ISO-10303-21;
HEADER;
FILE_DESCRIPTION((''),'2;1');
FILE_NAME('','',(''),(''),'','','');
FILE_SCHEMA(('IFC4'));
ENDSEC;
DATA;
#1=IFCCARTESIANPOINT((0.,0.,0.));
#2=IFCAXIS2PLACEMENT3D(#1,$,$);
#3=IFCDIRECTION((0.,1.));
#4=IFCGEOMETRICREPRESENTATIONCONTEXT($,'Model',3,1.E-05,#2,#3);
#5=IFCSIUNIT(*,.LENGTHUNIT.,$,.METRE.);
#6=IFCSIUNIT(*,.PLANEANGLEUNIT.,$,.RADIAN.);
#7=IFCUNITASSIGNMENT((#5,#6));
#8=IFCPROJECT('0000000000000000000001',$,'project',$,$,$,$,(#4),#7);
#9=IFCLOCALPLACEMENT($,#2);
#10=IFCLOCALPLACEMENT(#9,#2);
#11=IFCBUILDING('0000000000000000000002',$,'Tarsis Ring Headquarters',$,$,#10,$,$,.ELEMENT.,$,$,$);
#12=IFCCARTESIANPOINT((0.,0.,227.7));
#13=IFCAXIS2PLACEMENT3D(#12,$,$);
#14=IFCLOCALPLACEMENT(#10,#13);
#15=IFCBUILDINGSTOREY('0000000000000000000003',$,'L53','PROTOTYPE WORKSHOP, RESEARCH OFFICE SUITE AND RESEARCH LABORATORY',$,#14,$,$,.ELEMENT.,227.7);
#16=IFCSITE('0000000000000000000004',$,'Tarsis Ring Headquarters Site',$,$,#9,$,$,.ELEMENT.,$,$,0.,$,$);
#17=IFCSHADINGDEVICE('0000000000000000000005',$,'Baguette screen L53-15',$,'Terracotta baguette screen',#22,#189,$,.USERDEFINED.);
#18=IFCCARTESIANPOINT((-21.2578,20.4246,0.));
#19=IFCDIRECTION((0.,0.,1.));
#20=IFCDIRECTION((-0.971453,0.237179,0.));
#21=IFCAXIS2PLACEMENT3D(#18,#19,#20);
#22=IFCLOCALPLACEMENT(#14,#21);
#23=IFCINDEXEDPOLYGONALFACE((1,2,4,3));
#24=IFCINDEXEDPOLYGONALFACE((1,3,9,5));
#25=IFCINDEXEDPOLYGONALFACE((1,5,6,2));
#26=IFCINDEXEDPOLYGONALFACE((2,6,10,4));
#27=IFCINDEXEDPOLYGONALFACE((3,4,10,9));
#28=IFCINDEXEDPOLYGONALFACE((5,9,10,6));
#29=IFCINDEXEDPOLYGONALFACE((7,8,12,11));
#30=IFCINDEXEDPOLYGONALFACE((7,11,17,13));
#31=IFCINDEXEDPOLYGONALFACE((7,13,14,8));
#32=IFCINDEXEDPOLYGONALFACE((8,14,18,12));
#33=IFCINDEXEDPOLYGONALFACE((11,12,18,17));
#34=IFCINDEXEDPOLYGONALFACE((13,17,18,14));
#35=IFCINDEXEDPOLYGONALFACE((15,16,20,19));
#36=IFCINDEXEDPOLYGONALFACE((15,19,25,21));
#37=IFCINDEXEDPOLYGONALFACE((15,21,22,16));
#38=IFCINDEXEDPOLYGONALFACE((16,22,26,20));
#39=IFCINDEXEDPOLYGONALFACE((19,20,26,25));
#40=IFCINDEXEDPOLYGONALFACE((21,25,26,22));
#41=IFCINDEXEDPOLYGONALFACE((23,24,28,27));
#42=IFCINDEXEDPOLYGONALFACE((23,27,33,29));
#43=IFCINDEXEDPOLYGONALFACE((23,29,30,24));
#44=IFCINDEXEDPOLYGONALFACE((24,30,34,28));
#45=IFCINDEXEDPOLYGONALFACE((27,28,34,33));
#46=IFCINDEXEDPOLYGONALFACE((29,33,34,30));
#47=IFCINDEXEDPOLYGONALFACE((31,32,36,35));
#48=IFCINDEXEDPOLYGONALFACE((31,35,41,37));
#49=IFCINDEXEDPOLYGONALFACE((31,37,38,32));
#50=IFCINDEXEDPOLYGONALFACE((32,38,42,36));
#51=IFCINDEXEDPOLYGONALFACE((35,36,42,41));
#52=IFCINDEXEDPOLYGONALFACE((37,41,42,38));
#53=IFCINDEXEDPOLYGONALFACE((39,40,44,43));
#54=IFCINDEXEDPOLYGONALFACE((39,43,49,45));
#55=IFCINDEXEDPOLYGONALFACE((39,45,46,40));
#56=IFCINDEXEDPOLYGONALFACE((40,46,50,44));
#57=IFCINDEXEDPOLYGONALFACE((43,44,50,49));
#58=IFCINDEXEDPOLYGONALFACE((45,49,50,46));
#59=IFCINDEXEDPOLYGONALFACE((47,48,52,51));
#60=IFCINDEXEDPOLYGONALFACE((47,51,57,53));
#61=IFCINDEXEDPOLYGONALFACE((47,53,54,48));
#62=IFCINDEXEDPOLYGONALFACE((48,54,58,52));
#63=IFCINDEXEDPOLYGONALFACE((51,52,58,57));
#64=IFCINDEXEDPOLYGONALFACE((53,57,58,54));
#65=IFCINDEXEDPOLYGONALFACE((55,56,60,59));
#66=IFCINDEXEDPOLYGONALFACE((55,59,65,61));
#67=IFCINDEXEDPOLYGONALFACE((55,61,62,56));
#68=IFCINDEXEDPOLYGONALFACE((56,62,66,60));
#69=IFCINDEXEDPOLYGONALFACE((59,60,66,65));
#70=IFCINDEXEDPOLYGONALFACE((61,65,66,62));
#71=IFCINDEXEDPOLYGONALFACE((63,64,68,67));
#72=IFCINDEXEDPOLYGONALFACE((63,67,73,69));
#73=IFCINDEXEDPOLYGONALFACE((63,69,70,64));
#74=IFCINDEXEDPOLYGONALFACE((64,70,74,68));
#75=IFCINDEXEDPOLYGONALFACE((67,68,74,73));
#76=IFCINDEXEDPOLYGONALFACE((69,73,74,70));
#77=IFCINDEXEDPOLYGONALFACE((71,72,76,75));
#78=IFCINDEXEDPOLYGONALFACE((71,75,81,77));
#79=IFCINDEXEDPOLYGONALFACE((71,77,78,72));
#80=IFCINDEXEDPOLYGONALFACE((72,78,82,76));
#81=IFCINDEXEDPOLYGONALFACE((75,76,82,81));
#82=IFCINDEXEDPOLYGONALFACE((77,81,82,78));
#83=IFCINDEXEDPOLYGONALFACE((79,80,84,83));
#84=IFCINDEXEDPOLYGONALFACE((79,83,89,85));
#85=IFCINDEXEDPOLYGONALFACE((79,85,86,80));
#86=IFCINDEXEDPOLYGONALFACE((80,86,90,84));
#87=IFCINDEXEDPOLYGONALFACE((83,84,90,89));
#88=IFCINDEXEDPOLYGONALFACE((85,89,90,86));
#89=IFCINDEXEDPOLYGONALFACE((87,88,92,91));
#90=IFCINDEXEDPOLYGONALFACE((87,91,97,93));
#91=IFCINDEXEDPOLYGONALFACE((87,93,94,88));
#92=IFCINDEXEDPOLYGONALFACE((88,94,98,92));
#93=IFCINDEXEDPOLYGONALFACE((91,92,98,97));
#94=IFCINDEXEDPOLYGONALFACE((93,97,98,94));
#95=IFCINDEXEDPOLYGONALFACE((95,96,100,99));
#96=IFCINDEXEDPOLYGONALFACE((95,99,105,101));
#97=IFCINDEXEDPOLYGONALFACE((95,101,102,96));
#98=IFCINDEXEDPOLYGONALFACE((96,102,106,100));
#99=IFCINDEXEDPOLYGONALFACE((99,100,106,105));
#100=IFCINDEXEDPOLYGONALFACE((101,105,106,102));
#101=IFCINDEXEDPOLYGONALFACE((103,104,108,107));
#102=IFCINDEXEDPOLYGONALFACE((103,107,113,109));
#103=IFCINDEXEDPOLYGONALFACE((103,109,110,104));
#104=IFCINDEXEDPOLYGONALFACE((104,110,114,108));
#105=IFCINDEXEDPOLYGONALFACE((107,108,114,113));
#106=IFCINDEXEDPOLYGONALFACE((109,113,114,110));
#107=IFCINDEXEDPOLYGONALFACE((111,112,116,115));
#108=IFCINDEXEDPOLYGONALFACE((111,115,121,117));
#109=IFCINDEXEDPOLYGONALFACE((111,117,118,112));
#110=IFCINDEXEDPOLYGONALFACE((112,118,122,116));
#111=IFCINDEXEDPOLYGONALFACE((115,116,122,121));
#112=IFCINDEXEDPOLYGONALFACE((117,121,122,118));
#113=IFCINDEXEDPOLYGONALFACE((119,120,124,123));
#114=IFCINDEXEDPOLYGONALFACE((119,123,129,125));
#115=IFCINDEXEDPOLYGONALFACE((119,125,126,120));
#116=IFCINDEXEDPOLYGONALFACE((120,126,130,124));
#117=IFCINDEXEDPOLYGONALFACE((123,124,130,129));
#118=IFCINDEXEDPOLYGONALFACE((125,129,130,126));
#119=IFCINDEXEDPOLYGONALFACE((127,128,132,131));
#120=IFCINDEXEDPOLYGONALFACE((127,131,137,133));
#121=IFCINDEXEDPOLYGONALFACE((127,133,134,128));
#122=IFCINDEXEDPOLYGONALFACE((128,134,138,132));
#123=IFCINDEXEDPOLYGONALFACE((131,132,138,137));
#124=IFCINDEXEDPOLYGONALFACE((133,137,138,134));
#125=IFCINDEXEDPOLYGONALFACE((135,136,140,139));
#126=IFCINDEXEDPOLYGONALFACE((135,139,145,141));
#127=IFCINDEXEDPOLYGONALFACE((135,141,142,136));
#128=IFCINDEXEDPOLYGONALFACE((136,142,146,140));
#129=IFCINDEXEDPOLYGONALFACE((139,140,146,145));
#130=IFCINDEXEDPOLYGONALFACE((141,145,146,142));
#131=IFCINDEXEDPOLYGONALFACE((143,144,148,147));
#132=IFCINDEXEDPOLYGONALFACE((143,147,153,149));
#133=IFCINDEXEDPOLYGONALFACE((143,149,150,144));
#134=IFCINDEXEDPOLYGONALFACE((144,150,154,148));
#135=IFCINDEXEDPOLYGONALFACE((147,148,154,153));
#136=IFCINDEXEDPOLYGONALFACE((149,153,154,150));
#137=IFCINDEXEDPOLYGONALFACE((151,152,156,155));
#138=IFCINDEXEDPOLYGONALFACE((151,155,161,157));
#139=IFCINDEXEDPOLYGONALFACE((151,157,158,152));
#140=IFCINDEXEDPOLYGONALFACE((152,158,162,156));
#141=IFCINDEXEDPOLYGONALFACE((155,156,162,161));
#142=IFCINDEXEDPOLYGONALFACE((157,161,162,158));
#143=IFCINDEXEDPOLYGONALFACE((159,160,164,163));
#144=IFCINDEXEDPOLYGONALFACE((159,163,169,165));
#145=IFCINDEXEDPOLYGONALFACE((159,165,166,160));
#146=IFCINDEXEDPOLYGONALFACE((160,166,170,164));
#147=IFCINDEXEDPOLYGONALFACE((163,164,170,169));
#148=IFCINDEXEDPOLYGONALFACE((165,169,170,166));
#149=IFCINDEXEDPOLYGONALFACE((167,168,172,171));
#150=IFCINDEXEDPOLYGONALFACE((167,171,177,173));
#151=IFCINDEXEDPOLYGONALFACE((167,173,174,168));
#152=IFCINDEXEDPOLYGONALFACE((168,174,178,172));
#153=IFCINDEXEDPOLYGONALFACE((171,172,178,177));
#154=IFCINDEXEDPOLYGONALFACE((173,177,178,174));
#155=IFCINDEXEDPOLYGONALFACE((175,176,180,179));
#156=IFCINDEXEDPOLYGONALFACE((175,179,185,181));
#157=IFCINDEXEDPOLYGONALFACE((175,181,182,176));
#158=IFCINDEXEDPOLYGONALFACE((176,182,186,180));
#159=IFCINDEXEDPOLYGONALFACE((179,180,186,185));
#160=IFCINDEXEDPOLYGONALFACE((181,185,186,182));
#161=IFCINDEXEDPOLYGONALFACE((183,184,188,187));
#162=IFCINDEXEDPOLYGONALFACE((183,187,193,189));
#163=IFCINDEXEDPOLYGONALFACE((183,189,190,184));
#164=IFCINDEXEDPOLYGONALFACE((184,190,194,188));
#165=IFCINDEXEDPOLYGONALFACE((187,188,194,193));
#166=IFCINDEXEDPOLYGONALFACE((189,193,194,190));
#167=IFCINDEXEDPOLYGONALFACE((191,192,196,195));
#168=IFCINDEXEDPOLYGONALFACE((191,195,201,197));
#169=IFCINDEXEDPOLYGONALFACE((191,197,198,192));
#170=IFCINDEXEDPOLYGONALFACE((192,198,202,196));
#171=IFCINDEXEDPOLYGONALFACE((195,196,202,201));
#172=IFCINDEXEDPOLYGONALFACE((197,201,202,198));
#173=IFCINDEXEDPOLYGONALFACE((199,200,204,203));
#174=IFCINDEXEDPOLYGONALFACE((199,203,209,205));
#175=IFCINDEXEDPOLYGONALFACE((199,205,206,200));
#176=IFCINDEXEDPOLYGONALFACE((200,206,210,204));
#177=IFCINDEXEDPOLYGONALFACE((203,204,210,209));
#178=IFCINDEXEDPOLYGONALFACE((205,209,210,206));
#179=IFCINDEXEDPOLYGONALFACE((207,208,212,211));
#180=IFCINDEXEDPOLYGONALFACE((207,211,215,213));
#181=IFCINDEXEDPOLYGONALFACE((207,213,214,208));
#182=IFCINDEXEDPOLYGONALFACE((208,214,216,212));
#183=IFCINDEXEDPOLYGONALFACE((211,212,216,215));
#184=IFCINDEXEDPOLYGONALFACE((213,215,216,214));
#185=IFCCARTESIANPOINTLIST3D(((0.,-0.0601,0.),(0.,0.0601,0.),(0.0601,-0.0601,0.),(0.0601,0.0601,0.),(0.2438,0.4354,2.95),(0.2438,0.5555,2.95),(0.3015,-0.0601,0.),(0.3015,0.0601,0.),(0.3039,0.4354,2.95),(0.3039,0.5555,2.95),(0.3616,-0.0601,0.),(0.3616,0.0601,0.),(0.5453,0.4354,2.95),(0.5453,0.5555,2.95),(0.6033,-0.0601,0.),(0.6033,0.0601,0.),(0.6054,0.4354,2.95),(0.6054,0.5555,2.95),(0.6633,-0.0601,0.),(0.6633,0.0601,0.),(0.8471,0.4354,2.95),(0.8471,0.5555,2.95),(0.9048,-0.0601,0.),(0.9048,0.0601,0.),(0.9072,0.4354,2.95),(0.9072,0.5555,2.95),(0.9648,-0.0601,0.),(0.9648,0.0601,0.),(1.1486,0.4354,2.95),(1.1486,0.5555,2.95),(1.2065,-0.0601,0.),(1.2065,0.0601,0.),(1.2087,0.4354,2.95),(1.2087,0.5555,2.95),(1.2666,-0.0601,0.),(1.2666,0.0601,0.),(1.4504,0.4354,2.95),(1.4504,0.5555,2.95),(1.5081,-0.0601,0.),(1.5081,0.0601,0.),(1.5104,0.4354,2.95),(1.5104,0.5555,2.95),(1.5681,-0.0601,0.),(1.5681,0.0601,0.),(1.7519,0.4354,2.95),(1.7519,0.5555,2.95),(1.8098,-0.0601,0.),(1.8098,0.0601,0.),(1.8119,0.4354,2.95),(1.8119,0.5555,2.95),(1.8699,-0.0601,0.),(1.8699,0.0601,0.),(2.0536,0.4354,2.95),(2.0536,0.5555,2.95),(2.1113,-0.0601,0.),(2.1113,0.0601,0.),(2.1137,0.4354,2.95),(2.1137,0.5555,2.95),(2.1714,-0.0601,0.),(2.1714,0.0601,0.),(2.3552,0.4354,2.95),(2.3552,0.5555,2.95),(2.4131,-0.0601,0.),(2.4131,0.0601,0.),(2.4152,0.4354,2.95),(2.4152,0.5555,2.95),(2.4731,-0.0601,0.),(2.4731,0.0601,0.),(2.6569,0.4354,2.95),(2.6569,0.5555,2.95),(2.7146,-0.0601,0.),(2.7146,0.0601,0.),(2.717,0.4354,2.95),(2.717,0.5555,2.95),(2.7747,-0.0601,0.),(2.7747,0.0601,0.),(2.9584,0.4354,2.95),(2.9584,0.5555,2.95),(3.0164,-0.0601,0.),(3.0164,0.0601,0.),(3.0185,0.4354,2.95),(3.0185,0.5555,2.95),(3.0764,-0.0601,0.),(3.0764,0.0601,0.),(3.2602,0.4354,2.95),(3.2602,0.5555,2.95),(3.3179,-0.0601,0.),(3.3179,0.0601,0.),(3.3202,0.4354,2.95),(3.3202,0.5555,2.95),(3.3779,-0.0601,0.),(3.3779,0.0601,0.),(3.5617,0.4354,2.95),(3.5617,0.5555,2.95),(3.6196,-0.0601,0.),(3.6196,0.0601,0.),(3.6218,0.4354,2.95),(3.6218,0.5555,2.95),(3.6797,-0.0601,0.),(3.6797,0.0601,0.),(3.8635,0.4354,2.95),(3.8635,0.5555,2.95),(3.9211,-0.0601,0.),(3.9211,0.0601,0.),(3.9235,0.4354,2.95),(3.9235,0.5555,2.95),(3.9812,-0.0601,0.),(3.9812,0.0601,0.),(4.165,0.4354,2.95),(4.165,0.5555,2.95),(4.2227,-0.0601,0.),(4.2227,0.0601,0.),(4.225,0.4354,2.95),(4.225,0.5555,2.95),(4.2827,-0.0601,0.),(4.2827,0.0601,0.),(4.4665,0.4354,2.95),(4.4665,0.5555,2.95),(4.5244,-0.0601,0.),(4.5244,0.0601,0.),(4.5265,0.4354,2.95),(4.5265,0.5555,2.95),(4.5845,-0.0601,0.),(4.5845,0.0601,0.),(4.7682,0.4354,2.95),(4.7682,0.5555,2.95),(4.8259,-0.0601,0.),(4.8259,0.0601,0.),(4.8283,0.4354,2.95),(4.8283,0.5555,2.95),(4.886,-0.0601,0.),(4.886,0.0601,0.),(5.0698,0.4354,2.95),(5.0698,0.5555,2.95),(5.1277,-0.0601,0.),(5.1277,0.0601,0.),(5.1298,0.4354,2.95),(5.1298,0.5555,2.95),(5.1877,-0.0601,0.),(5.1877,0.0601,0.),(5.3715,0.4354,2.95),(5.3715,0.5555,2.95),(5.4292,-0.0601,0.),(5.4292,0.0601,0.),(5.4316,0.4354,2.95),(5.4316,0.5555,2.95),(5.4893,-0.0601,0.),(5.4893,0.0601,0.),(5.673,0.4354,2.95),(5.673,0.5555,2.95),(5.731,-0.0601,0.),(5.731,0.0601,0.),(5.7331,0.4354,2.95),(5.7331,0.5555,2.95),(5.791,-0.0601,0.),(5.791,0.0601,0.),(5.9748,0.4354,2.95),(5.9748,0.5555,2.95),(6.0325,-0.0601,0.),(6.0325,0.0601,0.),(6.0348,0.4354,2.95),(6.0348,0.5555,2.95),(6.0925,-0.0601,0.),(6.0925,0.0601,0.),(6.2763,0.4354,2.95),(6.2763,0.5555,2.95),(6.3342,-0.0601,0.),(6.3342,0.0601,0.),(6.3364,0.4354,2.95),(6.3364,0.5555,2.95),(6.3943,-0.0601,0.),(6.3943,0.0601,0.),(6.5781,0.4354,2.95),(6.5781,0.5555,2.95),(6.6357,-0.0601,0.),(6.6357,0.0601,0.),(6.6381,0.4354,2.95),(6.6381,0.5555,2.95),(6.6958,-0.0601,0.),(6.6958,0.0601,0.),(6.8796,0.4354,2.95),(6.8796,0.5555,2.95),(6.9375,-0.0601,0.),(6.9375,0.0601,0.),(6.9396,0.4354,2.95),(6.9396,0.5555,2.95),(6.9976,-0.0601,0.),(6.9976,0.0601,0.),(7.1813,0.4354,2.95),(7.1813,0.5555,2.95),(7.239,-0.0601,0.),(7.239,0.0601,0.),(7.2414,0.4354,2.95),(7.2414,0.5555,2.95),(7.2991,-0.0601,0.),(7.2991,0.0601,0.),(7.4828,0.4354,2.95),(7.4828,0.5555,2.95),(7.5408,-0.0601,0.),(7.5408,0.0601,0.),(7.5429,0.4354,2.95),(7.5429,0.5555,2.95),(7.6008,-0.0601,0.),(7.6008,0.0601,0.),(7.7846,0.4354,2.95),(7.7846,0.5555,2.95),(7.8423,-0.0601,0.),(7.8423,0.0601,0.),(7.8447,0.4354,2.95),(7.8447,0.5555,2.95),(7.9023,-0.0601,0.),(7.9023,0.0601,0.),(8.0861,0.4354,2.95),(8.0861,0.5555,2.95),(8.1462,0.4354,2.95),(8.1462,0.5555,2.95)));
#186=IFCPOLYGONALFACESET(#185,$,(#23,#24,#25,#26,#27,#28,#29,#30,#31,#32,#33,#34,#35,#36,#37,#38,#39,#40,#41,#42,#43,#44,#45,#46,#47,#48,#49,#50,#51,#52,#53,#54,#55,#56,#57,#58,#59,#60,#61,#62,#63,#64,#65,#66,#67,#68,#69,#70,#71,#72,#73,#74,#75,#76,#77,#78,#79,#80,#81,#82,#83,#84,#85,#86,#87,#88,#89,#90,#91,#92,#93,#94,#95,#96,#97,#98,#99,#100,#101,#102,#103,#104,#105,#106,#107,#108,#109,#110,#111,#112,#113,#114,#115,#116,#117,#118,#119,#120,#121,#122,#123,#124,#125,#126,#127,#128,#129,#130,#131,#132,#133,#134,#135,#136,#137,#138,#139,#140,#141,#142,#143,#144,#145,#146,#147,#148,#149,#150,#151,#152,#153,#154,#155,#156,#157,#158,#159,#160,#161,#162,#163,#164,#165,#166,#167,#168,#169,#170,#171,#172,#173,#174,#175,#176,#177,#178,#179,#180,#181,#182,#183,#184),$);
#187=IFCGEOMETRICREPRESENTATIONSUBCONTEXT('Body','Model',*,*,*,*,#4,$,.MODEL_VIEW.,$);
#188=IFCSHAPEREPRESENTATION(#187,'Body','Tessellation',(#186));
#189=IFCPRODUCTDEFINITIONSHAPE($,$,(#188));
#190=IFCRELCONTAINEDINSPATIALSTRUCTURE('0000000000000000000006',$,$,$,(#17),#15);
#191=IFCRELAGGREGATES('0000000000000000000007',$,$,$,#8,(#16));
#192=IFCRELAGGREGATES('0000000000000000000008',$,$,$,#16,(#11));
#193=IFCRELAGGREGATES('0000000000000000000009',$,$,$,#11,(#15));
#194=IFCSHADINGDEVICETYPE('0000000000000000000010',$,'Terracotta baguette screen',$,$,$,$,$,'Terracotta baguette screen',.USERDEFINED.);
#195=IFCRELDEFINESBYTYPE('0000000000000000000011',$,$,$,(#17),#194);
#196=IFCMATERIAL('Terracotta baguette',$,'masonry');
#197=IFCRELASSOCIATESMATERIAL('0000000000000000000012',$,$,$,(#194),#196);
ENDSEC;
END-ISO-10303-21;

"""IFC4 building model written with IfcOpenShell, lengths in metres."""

from ifc_helpers import new_model, si_unit, direction, frame, frame_2d, origin, place, context, subcontext, project, spatial, rectangle, composite_profile, extrude, material, type_object, element, save


model = new_model("IFC4")

# Units and contexts
model_context = context("Model", 3, precision=1e-05, world=origin(), true_north=direction((0.0, 1.0)))
body_context = subcontext(model_context, "Body", "Model", "MODEL_VIEW")
ifc_project = project(units=[si_unit("LENGTHUNIT", "METRE"), si_unit("PLANEANGLEUNIT", "RADIAN")], contexts=[model_context])

# Site, building, storey
site_placement = place(None, origin())
site = spatial("IfcSite", under=ifc_project, at=site_placement, Name="Tarsis Ring Headquarters Site", CompositionType="ELEMENT", RefElevation=0.0)
building_placement = place(site_placement, origin())
building = spatial("IfcBuilding", under=site, at=building_placement, Name="Tarsis Ring Headquarters", CompositionType="ELEMENT")
storey_placement = place(building_placement, frame((0.0, 0.0, 227.7)))
storey = spatial("IfcBuildingStorey", under=building, at=storey_placement, Name="L53", Description="PROTOTYPE WORKSHOP, RESEARCH OFFICE SUITE AND RESEARCH LABORATORY", CompositionType="ELEMENT", Elevation=227.7)

# Shading device
ifc_material_1 = material(Name="Terracotta baguette", Category="masonry")
shading_device_type = type_object("IfcShadingDeviceType", Name="Terracotta baguette screen", ElementType="Terracotta baguette screen", PredefinedType="USERDEFINED", material=ifc_material_1)
shading_device_1_placement = place(storey_placement, frame((-21.2578, 20.4246, 0.0), z_axis=(0.0, 0.0, 1.0), x_axis=(-0.971453, 0.237179, 0.0)))
element("IfcShadingDevice", 1, at=shading_device_1_placement, inside=storey, type_object=shading_device_type, Name="Baguette screen L53-15", ObjectType="Terracotta baguette screen", PredefinedType="USERDEFINED", context=body_context, shape_type="SweptSolid", body=[
    extrude(composite_profile([rectangle(XDim=0.0601, YDim=0.1201, at=frame_2d((0.03, 0.0))), rectangle(XDim=0.0601, YDim=0.1201, at=frame_2d((0.3315, 0.0))), rectangle(XDim=0.0601, YDim=0.1201, at=frame_2d((0.6333, 0.0))), rectangle(XDim=0.0601, YDim=0.1201, at=frame_2d((0.9348, 0.0))), rectangle(XDim=0.0601, YDim=0.1201, at=frame_2d((1.2366, 0.0))), rectangle(XDim=0.0601, YDim=0.1201, at=frame_2d((1.5381, 0.0))), rectangle(XDim=0.0601, YDim=0.1201, at=frame_2d((1.8398, 0.0))), rectangle(XDim=0.0601, YDim=0.1201, at=frame_2d((2.1414, 0.0))), rectangle(XDim=0.0601, YDim=0.1201, at=frame_2d((2.4431, 0.0))), rectangle(XDim=0.0601, YDim=0.1201, at=frame_2d((2.7446, 0.0))), rectangle(XDim=0.0601, YDim=0.1201, at=frame_2d((3.0464, 0.0))), rectangle(XDim=0.0601, YDim=0.1201, at=frame_2d((3.3479, 0.0))), rectangle(XDim=0.0601, YDim=0.1201, at=frame_2d((3.6497, 0.0))), rectangle(XDim=0.0601, YDim=0.1201, at=frame_2d((3.9512, 0.0))), rectangle(XDim=0.0601, YDim=0.1201, at=frame_2d((4.2527, 0.0))), rectangle(XDim=0.0601, YDim=0.1201, at=frame_2d((4.5544, 0.0))), rectangle(XDim=0.0601, YDim=0.1201, at=frame_2d((4.856, 0.0))), rectangle(XDim=0.0601, YDim=0.1201, at=frame_2d((5.1577, 0.0))), rectangle(XDim=0.0601, YDim=0.1201, at=frame_2d((5.4592, 0.0))), rectangle(XDim=0.0601, YDim=0.1201, at=frame_2d((5.761, 0.0))), rectangle(XDim=0.0601, YDim=0.1201, at=frame_2d((6.0625, 0.0))), rectangle(XDim=0.0601, YDim=0.1201, at=frame_2d((6.3643, 0.0))), rectangle(XDim=0.0601, YDim=0.1201, at=frame_2d((6.6658, 0.0))), rectangle(XDim=0.0601, YDim=0.1201, at=frame_2d((6.9675, 0.0))), rectangle(XDim=0.0601, YDim=0.1201, at=frame_2d((7.269, 0.0))), rectangle(XDim=0.0601, YDim=0.1201, at=frame_2d((7.5708, 0.0))), rectangle(XDim=0.0601, YDim=0.1201, at=frame_2d((7.8723, 0.0)))]), origin(), (0.081243, 0.165079, 0.982929), 3.0012),
])

save(model, "model.ifc")
